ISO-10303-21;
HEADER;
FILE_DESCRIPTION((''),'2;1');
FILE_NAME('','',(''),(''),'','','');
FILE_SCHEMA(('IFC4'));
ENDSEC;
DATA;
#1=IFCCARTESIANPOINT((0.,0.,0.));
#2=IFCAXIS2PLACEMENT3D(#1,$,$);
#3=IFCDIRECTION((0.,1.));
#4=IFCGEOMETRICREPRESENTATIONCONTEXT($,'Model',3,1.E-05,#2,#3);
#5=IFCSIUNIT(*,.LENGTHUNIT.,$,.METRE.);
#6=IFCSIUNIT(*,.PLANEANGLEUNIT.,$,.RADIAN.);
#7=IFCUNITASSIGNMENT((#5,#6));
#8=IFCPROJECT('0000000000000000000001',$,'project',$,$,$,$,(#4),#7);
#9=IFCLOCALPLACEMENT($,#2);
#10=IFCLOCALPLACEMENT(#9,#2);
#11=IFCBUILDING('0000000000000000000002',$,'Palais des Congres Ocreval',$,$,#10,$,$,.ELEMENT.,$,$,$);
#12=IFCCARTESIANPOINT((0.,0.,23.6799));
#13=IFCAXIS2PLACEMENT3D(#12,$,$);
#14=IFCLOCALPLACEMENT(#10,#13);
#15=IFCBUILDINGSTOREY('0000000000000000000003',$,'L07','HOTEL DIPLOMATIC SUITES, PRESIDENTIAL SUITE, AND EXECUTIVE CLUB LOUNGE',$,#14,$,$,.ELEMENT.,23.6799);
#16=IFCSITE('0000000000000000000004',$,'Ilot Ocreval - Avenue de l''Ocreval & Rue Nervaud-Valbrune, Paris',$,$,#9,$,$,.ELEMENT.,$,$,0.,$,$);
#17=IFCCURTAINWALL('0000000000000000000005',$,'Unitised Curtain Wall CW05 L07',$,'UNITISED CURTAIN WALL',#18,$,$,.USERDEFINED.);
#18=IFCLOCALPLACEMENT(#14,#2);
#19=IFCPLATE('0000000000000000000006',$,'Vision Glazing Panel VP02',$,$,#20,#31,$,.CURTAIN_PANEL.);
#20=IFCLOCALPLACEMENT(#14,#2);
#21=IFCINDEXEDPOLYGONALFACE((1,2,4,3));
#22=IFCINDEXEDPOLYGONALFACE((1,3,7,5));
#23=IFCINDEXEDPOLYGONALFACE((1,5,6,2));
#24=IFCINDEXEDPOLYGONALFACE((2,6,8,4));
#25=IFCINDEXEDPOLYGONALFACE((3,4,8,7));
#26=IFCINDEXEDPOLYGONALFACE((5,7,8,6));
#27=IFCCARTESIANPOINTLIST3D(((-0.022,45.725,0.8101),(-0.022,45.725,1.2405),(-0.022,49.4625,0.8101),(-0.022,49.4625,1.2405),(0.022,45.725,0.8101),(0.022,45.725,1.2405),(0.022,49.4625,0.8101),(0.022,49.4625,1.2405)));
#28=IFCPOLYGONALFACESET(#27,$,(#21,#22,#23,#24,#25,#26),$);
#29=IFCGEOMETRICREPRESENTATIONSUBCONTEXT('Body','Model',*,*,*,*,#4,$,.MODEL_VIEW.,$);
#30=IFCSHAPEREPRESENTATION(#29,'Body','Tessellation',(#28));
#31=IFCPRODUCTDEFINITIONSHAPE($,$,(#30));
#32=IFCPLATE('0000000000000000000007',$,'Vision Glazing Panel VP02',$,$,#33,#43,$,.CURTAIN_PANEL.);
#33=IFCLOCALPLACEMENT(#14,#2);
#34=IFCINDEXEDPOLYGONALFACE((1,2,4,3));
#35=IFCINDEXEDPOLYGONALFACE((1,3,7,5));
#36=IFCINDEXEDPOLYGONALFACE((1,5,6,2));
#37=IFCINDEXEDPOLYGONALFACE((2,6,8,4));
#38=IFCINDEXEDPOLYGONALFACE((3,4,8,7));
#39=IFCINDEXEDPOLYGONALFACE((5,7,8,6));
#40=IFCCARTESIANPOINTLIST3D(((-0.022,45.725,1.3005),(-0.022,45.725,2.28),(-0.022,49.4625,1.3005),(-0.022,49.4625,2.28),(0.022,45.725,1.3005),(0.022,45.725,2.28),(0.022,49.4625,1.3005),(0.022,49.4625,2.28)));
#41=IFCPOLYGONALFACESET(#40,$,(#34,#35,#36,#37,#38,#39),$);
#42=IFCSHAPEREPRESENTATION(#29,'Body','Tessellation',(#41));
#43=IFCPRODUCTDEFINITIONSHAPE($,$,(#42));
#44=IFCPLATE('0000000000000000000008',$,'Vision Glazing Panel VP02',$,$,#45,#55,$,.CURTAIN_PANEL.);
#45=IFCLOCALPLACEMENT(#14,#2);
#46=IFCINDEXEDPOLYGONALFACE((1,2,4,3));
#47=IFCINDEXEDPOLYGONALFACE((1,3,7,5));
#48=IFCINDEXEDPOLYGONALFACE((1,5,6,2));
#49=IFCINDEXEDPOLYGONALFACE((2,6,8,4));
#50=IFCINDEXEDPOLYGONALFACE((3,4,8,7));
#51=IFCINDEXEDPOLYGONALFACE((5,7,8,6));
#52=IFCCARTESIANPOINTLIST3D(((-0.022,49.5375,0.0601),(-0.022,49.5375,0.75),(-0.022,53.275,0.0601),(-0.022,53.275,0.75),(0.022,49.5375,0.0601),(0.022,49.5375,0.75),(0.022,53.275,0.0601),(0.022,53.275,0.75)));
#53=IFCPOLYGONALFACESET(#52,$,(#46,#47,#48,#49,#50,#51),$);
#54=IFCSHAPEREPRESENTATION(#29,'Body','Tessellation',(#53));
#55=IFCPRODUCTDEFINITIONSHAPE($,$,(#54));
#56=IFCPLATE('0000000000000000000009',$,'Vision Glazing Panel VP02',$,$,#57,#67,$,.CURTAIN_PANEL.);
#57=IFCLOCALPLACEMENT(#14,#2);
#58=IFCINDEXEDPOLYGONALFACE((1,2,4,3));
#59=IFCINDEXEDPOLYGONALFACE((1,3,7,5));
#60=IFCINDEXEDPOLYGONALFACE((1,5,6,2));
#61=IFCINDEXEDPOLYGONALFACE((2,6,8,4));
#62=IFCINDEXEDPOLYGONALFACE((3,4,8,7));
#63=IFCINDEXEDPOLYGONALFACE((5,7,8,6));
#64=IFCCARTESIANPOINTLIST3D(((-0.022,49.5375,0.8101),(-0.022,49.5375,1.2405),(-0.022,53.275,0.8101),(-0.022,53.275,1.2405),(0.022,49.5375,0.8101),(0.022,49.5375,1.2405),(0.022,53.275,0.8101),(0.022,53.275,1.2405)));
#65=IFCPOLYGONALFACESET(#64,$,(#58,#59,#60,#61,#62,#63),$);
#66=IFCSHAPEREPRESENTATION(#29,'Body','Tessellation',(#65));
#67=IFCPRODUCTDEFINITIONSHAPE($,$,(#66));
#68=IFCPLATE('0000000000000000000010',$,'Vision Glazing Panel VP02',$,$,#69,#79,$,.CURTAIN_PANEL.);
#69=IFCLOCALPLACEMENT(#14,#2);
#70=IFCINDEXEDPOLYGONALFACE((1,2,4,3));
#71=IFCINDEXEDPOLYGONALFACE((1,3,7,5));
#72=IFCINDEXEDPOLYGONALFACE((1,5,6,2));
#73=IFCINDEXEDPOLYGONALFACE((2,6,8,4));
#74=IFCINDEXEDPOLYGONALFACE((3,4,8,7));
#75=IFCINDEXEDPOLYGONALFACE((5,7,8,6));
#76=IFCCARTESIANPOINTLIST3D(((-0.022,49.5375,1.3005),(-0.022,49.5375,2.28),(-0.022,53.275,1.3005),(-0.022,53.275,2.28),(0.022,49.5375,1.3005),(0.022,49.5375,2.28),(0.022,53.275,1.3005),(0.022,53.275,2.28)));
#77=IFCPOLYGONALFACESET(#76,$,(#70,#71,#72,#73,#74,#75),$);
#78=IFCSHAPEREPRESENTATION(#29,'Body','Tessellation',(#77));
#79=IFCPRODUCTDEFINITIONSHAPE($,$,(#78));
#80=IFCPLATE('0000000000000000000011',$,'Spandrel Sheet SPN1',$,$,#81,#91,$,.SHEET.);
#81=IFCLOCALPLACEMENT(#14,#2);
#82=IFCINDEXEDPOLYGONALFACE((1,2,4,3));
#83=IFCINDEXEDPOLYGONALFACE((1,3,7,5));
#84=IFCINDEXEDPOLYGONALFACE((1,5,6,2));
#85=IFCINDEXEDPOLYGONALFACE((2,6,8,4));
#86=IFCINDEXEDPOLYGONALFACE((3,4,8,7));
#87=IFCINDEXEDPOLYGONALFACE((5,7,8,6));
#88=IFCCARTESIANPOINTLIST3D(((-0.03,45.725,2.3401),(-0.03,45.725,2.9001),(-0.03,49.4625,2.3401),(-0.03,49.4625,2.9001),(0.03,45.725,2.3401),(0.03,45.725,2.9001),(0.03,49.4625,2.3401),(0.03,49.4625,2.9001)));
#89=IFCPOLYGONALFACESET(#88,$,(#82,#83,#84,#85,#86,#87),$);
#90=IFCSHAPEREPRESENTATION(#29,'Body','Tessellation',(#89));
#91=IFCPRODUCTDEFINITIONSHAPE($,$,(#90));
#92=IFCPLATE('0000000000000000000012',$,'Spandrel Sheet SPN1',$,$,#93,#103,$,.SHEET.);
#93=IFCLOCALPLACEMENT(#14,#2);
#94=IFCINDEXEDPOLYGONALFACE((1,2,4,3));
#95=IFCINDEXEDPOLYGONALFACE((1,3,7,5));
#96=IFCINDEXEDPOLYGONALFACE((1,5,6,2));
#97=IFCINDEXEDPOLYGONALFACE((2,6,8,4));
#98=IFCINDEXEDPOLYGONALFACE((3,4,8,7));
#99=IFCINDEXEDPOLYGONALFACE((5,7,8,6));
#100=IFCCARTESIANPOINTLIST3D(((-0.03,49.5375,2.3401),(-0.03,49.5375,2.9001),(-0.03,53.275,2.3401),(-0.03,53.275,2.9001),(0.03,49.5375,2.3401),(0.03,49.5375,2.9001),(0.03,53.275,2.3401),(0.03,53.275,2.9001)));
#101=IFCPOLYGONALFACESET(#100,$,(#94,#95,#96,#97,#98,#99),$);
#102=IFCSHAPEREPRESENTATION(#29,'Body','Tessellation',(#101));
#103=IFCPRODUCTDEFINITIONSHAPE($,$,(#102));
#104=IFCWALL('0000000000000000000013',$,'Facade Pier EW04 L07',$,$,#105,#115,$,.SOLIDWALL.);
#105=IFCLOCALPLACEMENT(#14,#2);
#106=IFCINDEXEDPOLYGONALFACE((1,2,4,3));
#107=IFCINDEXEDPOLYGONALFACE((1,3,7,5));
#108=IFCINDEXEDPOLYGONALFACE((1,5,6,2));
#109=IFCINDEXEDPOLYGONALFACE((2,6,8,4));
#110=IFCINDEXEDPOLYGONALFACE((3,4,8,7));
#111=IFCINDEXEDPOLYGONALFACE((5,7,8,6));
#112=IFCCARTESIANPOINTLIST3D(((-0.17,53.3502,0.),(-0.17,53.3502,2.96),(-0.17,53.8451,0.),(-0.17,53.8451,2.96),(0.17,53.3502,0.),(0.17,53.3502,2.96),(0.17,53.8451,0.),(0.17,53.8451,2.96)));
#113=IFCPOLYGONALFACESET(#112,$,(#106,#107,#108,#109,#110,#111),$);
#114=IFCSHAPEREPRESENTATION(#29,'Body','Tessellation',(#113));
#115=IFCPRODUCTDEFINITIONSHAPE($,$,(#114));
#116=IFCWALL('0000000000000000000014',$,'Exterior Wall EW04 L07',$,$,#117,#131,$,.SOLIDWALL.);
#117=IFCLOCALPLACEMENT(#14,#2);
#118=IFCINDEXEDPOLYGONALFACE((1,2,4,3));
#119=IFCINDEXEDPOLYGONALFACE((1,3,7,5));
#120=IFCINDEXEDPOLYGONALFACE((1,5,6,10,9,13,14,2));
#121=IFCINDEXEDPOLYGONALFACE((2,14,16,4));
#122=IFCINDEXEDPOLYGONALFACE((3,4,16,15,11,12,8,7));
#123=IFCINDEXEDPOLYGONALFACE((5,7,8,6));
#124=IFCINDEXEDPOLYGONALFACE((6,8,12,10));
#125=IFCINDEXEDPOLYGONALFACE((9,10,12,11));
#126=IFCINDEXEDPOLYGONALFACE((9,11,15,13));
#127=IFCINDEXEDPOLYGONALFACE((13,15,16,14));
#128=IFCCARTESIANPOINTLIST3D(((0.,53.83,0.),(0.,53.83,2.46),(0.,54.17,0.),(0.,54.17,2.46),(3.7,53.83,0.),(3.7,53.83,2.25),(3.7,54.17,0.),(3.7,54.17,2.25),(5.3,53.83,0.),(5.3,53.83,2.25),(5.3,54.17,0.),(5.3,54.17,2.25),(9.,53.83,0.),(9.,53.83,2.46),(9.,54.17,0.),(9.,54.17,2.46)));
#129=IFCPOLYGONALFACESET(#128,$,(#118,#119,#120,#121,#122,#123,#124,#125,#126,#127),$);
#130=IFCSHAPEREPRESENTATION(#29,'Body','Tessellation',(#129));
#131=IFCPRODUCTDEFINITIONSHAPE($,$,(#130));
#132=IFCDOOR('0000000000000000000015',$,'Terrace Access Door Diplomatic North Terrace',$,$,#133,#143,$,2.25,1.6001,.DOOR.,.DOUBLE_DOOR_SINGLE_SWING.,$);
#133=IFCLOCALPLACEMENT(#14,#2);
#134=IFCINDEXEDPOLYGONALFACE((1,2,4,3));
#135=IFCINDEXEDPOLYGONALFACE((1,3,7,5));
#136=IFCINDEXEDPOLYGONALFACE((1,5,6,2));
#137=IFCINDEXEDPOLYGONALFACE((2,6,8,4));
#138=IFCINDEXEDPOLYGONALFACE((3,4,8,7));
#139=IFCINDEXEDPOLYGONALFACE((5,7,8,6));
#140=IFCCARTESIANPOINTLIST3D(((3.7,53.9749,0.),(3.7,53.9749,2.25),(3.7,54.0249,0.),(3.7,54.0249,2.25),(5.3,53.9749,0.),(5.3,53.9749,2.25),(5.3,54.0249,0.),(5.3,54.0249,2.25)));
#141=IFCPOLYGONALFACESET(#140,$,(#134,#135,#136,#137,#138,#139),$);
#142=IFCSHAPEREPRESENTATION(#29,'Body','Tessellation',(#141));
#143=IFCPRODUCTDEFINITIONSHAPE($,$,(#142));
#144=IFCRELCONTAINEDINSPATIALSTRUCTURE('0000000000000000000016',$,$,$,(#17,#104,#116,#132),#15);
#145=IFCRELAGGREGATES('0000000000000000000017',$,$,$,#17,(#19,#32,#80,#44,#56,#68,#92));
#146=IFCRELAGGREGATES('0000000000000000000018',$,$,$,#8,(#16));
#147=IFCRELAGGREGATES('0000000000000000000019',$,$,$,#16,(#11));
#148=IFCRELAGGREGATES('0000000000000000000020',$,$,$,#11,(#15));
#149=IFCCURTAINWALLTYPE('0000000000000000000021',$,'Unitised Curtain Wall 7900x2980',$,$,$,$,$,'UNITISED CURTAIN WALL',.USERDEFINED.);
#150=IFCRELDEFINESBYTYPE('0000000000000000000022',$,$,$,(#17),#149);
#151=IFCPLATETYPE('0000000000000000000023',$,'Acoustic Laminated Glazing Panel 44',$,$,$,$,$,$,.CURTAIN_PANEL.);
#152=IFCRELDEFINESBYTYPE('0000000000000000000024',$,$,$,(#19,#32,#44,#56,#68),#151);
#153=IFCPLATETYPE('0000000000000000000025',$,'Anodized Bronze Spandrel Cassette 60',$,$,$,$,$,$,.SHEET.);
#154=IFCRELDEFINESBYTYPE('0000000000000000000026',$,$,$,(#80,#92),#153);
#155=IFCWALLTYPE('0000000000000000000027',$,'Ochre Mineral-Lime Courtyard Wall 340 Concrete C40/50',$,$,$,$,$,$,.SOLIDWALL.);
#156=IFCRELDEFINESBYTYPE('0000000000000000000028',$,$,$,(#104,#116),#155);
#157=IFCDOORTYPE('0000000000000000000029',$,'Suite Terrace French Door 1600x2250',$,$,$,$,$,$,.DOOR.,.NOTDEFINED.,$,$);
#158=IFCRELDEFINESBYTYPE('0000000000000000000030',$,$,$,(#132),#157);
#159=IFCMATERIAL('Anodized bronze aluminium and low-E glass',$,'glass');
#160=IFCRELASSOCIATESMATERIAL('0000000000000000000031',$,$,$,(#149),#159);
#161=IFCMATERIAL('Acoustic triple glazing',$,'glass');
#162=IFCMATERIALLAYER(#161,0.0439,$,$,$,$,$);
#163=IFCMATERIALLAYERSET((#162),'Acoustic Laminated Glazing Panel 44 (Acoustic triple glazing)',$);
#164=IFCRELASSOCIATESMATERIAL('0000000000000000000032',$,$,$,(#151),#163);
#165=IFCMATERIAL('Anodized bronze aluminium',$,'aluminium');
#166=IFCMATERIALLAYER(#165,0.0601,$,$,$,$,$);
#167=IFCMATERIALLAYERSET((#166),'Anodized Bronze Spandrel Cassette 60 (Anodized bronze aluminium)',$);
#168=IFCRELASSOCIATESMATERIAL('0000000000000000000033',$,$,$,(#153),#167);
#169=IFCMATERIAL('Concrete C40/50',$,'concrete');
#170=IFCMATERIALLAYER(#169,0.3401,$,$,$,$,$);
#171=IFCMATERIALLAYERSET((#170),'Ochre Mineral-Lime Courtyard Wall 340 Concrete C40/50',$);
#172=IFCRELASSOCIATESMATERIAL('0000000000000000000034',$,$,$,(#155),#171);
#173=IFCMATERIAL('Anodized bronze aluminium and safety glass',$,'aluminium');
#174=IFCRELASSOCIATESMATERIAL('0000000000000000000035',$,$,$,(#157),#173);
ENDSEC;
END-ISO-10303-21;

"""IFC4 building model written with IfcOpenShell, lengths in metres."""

from ifc_helpers import new_model, si_unit, direction, frame, frame_2d, origin, origin_2d, place, context, subcontext, project, spatial, rectangle, extrude, material, layer, layer_set, type_object, element, fill, aggregate, save


model = new_model("IFC4")

# Units and contexts
model_context = context("Model", 3, precision=1e-05, world=origin(), true_north=direction((0.0, 1.0)))
body_context = subcontext(model_context, "Body", "Model", "MODEL_VIEW")
ifc_project = project(units=[si_unit("LENGTHUNIT", "METRE"), si_unit("PLANEANGLEUNIT", "RADIAN")], contexts=[model_context])

# Site, building, storey
site_placement = place(None, origin())
site = spatial("IfcSite", under=ifc_project, at=site_placement, Name="Ilot Ocreval - Avenue de l'Ocreval & Rue Nervaud-Valbrune, Paris", CompositionType="ELEMENT", RefElevation=0.0)
building_placement = place(site_placement, origin())
building = spatial("IfcBuilding", under=site, at=building_placement, Name="Palais des Congres Ocreval", CompositionType="ELEMENT")
storey_placement = place(building_placement, frame((0.0, 0.0, 23.6799)))
storey = spatial("IfcBuildingStorey", under=building, at=storey_placement, Name="L07", Description="HOTEL DIPLOMATIC SUITES, PRESIDENTIAL SUITE, AND EXECUTIVE CLUB LOUNGE", CompositionType="ELEMENT", Elevation=23.6799)

# Curtain wall, plates
ifc_material_1 = material(Name="Anodized bronze aluminium and low-E glass", Category="glass")
curtain_wall_type = type_object("IfcCurtainWallType", Name="Unitised Curtain Wall 7900x2980", ElementType="UNITISED CURTAIN WALL", PredefinedType="USERDEFINED", material=ifc_material_1)
curtain_wall_placement = place(storey_placement, origin())
curtain_wall = element("IfcCurtainWall", 1, at=curtain_wall_placement, inside=storey, type_object=curtain_wall_type, Name="Unitised Curtain Wall CW05 L07", ObjectType="UNITISED CURTAIN WALL", PredefinedType="USERDEFINED")
ifc_material_2 = material(Name="Anodized bronze aluminium", Category="aluminium")
ifc_material_3 = material(Name="Acoustic triple glazing", Category="glass")
ifc_layer_1 = layer(ifc_material_3, 0.0439)
ifc_layer_set_1 = layer_set([ifc_layer_1], Name="Acoustic Laminated Glazing Panel 44 (Acoustic triple glazing)")
plate_type_1 = type_object("IfcPlateType", Name="Acoustic Laminated Glazing Panel 44", PredefinedType="CURTAIN_PANEL", material=ifc_layer_set_1)
plate_1_placement = place(storey_placement, frame((0.0, 47.5938, 0.8101), z_axis=(0.0, 0.0, 1.0), x_axis=(0.0, 1.0, 0.0)))
plate_1 = element("IfcPlate", 2, at=plate_1_placement, type_object=plate_type_1, Name="Vision Glazing Panel VP02", PredefinedType="CURTAIN_PANEL", context=body_context, shape_type="SweptSolid", body=[
    extrude(rectangle(XDim=3.7375, YDim=0.0439, at=origin_2d()), origin(), (0.0, 0.0, 1.0), 0.4304),
])
plate_2_placement = place(storey_placement, frame((0.0, 47.5938, 1.3005), z_axis=(0.0, 0.0, 1.0), x_axis=(0.0, 1.0, 0.0)))
plate_2 = element("IfcPlate", 3, at=plate_2_placement, type_object=plate_type_1, Name="Vision Glazing Panel VP02", PredefinedType="CURTAIN_PANEL", context=body_context, shape_type="SweptSolid", body=[
    extrude(rectangle(XDim=3.7375, YDim=0.0439, at=origin_2d()), origin(), (0.0, 0.0, 1.0), 0.9795),
])
plate_3_placement = place(storey_placement, frame((0.0, 51.4062, 0.0601), z_axis=(0.0, 0.0, 1.0), x_axis=(0.0, 1.0, 0.0)))
plate_3 = element("IfcPlate", 4, at=plate_3_placement, type_object=plate_type_1, Name="Vision Glazing Panel VP02", PredefinedType="CURTAIN_PANEL", context=body_context, shape_type="SweptSolid", body=[
    extrude(rectangle(XDim=3.7375, YDim=0.0439, at=origin_2d()), origin(), (0.0, 0.0, 1.0), 0.6899),
])
plate_4_placement = place(storey_placement, frame((0.0, 51.4062, 0.8101), z_axis=(0.0, 0.0, 1.0), x_axis=(0.0, 1.0, 0.0)))
plate_4 = element("IfcPlate", 5, at=plate_4_placement, type_object=plate_type_1, Name="Vision Glazing Panel VP02", PredefinedType="CURTAIN_PANEL", context=body_context, shape_type="SweptSolid", body=[
    extrude(rectangle(XDim=3.7375, YDim=0.0439, at=origin_2d()), origin(), (0.0, 0.0, 1.0), 0.4304),
])
plate_5_placement = place(storey_placement, frame((0.0, 51.4062, 1.3005), z_axis=(0.0, 0.0, 1.0), x_axis=(0.0, 1.0, 0.0)))
plate_5 = element("IfcPlate", 6, at=plate_5_placement, type_object=plate_type_1, Name="Vision Glazing Panel VP02", PredefinedType="CURTAIN_PANEL", context=body_context, shape_type="SweptSolid", body=[
    extrude(rectangle(XDim=3.7375, YDim=0.0439, at=origin_2d()), origin(), (0.0, 0.0, 1.0), 0.9795),
])
ifc_layer_2 = layer(ifc_material_2, 0.0601)
ifc_layer_set_2 = layer_set([ifc_layer_2], Name="Anodized Bronze Spandrel Cassette 60 (Anodized bronze aluminium)")
plate_type_2 = type_object("IfcPlateType", Name="Anodized Bronze Spandrel Cassette 60", PredefinedType="SHEET", material=ifc_layer_set_2)
plate_6_placement = place(storey_placement, frame((0.0, 47.5938, 2.3401), z_axis=(0.0, 0.0, 1.0), x_axis=(0.0, 1.0, 0.0)))
plate_6 = element("IfcPlate", 7, at=plate_6_placement, type_object=plate_type_2, Name="Spandrel Sheet SPN1", PredefinedType="SHEET", context=body_context, shape_type="SweptSolid", body=[
    extrude(rectangle(XDim=3.7375, YDim=0.0601, at=origin_2d()), origin(), (0.0, 0.0, 1.0), 0.5601),
])
plate_7_placement = place(storey_placement, frame((0.0, 51.4062, 2.3401), z_axis=(0.0, 0.0, 1.0), x_axis=(0.0, 1.0, 0.0)))
plate_7 = element("IfcPlate", 8, at=plate_7_placement, type_object=plate_type_2, Name="Spandrel Sheet SPN1", PredefinedType="SHEET", context=body_context, shape_type="SweptSolid", body=[
    extrude(rectangle(XDim=3.7375, YDim=0.0601, at=origin_2d()), origin(), (0.0, 0.0, 1.0), 0.5601),
])
aggregate(curtain_wall, [plate_1, plate_2, plate_6, plate_3, plate_4, plate_5, plate_7])

# Wall
ifc_material_4 = material(Name="Concrete C40/50", Category="concrete")
ifc_layer_3 = layer(ifc_material_4, 0.3401)
ifc_layer_set_3 = layer_set([ifc_layer_3], Name="Ochre Mineral-Lime Courtyard Wall 340 Concrete C40/50")
wall_type = type_object("IfcWallType", Name="Ochre Mineral-Lime Courtyard Wall 340 Concrete C40/50", PredefinedType="SOLIDWALL", material=ifc_layer_set_3)
wall_1_placement = place(storey_placement, frame((0.0, 53.3501, 0.0), z_axis=(0.0, 0.0, 1.0), x_axis=(0.0, 1.0, 0.0)))
element("IfcWall", 9, at=wall_1_placement, inside=storey, type_object=wall_type, Name="Facade Pier EW04 L07", PredefinedType="SOLIDWALL", context=body_context, shape_type="SweptSolid", body=[
    extrude(rectangle(XDim=0.4949, YDim=0.3401, at=frame_2d((0.2476, 0.0))), origin(), (0.0, 0.0, 1.0), 2.96),
])

# Wall, opening, door
wall_2_placement = place(storey_placement, frame((0.0, 54.0, 0.0), z_axis=(0.0, 0.0, 1.0), x_axis=(1.0, 0.0, 0.0)))
wall_2 = element("IfcWall", 10, at=wall_2_placement, inside=storey, type_object=wall_type, Name="Exterior Wall EW04 L07", PredefinedType="SOLIDWALL", context=body_context, shape_type="SweptSolid", body=[
    extrude(rectangle(XDim=9.0, YDim=0.3401, at=frame_2d((4.5, 0.0))), origin(), (0.0, 0.0, 1.0), 2.46),
])
opening_1_placement = place(wall_2_placement, frame((3.7, 0.0, 0.0)))
opening_1 = element("IfcOpeningElement", 11, at=opening_1_placement, cuts=wall_2, PredefinedType="OPENING", context=body_context, shape_type="SweptSolid", body=[
    extrude(rectangle(XDim=1.6001, YDim=2.25, at=frame_2d((0.8, 1.125))), frame((0.0, 0.1799, 0.0), z_axis=(0.0, -1.0, 0.0), x_axis=(1.0, 0.0, 0.0)), (0.0, 0.0, 1.0), 0.3601),
])
ifc_material_5 = material(Name="Anodized bronze aluminium and safety glass", Category="aluminium")
door_type = type_object("IfcDoorType", Name="Suite Terrace French Door 1600x2250", OperationType="NOTDEFINED", PredefinedType="DOOR", material=ifc_material_5)
door_placement = place(opening_1_placement, origin())
door = element("IfcDoor", 12, at=door_placement, inside=storey, type_object=door_type, Name="Terrace Access Door Diplomatic North Terrace", OperationType="DOUBLE_DOOR_SINGLE_SWING", OverallHeight=2.25, OverallWidth=1.6001, PredefinedType="DOOR", context=body_context, shape_type="SweptSolid", body=[
    extrude(rectangle(XDim=1.6001, YDim=2.25, at=frame_2d((0.8, 1.125))), frame((0.0, 0.0249, 0.0), z_axis=(0.0, -1.0, 0.0), x_axis=(1.0, 0.0, 0.0)), (0.0, 0.0, 1.0), 0.05),
])
fill(opening_1, door)

save(model, "model.ifc")
